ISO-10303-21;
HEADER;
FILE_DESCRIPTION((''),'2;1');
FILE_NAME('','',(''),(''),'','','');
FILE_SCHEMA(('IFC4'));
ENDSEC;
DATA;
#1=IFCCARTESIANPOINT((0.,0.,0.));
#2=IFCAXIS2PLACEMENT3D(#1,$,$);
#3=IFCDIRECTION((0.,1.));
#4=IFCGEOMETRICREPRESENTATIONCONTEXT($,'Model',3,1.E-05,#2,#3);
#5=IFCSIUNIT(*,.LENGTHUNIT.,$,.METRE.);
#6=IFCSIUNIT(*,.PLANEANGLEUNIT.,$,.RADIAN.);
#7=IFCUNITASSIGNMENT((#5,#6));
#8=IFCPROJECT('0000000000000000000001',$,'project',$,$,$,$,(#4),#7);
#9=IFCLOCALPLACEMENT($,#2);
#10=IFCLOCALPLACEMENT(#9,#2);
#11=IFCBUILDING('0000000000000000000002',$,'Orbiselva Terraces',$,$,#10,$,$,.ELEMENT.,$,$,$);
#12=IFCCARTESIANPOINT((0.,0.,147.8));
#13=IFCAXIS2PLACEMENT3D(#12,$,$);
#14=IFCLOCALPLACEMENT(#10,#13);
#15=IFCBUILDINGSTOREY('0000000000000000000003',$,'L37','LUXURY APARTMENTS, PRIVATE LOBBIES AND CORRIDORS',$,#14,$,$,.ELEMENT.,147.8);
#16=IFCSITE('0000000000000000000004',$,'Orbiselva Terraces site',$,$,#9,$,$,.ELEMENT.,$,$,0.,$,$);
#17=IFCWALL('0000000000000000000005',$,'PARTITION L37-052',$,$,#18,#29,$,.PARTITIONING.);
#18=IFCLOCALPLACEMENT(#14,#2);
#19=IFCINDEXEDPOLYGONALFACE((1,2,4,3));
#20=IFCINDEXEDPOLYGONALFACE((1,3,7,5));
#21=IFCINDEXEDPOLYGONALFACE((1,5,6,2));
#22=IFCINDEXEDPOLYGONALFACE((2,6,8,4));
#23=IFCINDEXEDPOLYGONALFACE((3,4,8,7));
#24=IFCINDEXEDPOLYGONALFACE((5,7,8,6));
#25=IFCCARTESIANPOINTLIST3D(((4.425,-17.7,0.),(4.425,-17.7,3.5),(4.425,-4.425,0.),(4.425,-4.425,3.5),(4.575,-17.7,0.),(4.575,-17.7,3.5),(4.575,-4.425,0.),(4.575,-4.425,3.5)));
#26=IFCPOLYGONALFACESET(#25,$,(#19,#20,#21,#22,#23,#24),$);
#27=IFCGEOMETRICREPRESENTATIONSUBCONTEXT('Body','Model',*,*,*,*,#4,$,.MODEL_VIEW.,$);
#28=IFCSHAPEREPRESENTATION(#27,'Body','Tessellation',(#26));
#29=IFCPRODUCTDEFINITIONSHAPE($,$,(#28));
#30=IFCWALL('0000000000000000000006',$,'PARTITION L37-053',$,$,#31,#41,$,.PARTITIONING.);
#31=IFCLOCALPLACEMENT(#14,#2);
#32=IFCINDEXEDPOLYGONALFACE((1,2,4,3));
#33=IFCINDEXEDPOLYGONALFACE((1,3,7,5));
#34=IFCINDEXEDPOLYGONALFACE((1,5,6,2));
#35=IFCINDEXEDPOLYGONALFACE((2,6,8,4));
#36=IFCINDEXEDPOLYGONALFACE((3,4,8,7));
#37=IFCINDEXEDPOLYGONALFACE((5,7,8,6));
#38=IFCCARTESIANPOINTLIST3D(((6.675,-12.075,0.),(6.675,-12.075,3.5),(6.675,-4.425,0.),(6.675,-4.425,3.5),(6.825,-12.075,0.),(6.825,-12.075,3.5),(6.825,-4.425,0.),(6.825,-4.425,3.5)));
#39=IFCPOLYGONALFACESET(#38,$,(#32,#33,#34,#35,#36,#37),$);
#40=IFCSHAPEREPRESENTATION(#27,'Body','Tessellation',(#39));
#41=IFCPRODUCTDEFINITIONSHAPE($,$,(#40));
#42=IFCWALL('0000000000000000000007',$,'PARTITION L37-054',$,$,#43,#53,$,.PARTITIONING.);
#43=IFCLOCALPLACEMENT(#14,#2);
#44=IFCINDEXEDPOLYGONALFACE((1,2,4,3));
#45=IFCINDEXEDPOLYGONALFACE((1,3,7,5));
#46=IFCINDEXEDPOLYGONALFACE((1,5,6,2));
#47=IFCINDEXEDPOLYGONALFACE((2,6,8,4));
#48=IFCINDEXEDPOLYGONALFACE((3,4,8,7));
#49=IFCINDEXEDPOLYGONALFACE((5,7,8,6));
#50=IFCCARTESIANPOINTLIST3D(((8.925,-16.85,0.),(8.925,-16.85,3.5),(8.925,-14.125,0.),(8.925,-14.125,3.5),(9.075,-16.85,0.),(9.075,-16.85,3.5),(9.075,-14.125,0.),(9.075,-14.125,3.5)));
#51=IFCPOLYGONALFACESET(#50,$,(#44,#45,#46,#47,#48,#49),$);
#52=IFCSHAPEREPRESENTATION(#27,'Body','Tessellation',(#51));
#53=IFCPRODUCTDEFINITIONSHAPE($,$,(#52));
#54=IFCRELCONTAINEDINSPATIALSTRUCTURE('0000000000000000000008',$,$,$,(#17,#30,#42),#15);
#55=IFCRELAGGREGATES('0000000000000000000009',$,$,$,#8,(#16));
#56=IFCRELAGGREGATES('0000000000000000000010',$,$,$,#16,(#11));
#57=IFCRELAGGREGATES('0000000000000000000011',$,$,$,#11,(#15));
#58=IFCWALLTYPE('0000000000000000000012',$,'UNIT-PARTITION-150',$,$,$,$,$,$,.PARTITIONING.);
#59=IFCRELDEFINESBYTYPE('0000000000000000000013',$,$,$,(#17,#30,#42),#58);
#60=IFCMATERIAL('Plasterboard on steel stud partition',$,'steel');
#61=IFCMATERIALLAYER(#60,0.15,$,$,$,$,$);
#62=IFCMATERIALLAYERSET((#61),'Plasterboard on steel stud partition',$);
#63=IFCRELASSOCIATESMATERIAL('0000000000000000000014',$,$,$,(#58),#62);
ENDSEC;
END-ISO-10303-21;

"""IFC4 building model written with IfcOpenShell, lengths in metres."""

from ifc_helpers import new_model, si_unit, direction, frame, frame_2d, origin, place, context, subcontext, project, spatial, rectangle, extrude, material, layer, layer_set, type_object, element, save


model = new_model("IFC4")

# Units and contexts
model_context = context("Model", 3, precision=1e-05, world=origin(), true_north=direction((0.0, 1.0)))
body_context = subcontext(model_context, "Body", "Model", "MODEL_VIEW")
ifc_project = project(units=[si_unit("LENGTHUNIT", "METRE"), si_unit("PLANEANGLEUNIT", "RADIAN")], contexts=[model_context])

# Site, building, storey
site_placement = place(None, origin())
site = spatial("IfcSite", under=ifc_project, at=site_placement, Name="Orbiselva Terraces site", CompositionType="ELEMENT", RefElevation=0.0)
building_placement = place(site_placement, origin())
building = spatial("IfcBuilding", under=site, at=building_placement, Name="Orbiselva Terraces", CompositionType="ELEMENT")
storey_placement = place(building_placement, frame((0.0, 0.0, 147.8)))
storey = spatial("IfcBuildingStorey", under=building, at=storey_placement, Name="L37", Description="LUXURY APARTMENTS, PRIVATE LOBBIES AND CORRIDORS", CompositionType="ELEMENT", Elevation=147.8)

# Shared definitions
ifc_material_1 = material(Name="Plasterboard on steel stud partition", Category="steel")
ifc_layer_1 = layer(ifc_material_1, 0.15)
ifc_layer_set_1 = layer_set([ifc_layer_1], Name="Plasterboard on steel stud partition")
wall_type_1 = type_object("IfcWallType", Name="UNIT-PARTITION-150", PredefinedType="PARTITIONING", material=ifc_layer_set_1)

# Walls
wall_1_placement = place(storey_placement, frame((4.5, -17.7, 0.0), z_axis=(0.0, 0.0, 1.0), x_axis=(0.0, 1.0, 0.0)))
element("IfcWall", 1, at=wall_1_placement, inside=storey, type_object=wall_type_1, Name="PARTITION L37-052", PredefinedType="PARTITIONING", context=body_context, shape_type="SweptSolid", body=[
    extrude(rectangle(XDim=13.275, YDim=0.15, at=frame_2d((6.6375, 0.0))), origin(), (0.0, 0.0, 1.0), 3.5),
])
wall_2_placement = place(storey_placement, frame((6.75, -12.075, 0.0), z_axis=(0.0, 0.0, 1.0), x_axis=(0.0, 1.0, 0.0)))
element("IfcWall", 2, at=wall_2_placement, inside=storey, type_object=wall_type_1, Name="PARTITION L37-053", PredefinedType="PARTITIONING", context=body_context, shape_type="SweptSolid", body=[
    extrude(rectangle(XDim=7.65, YDim=0.15, at=frame_2d((3.825, 0.0))), origin(), (0.0, 0.0, 1.0), 3.5),
])
wall_3_placement = place(storey_placement, frame((9.0, -16.85, 0.0), z_axis=(0.0, 0.0, 1.0), x_axis=(0.0, 1.0, 0.0)))
element("IfcWall", 3, at=wall_3_placement, inside=storey, type_object=wall_type_1, Name="PARTITION L37-054", PredefinedType="PARTITIONING", context=body_context, shape_type="SweptSolid", body=[
    extrude(rectangle(XDim=2.725, YDim=0.15, at=frame_2d((1.3625, 0.0))), origin(), (0.0, 0.0, 1.0), 3.5),
])

save(model, "model.ifc")
